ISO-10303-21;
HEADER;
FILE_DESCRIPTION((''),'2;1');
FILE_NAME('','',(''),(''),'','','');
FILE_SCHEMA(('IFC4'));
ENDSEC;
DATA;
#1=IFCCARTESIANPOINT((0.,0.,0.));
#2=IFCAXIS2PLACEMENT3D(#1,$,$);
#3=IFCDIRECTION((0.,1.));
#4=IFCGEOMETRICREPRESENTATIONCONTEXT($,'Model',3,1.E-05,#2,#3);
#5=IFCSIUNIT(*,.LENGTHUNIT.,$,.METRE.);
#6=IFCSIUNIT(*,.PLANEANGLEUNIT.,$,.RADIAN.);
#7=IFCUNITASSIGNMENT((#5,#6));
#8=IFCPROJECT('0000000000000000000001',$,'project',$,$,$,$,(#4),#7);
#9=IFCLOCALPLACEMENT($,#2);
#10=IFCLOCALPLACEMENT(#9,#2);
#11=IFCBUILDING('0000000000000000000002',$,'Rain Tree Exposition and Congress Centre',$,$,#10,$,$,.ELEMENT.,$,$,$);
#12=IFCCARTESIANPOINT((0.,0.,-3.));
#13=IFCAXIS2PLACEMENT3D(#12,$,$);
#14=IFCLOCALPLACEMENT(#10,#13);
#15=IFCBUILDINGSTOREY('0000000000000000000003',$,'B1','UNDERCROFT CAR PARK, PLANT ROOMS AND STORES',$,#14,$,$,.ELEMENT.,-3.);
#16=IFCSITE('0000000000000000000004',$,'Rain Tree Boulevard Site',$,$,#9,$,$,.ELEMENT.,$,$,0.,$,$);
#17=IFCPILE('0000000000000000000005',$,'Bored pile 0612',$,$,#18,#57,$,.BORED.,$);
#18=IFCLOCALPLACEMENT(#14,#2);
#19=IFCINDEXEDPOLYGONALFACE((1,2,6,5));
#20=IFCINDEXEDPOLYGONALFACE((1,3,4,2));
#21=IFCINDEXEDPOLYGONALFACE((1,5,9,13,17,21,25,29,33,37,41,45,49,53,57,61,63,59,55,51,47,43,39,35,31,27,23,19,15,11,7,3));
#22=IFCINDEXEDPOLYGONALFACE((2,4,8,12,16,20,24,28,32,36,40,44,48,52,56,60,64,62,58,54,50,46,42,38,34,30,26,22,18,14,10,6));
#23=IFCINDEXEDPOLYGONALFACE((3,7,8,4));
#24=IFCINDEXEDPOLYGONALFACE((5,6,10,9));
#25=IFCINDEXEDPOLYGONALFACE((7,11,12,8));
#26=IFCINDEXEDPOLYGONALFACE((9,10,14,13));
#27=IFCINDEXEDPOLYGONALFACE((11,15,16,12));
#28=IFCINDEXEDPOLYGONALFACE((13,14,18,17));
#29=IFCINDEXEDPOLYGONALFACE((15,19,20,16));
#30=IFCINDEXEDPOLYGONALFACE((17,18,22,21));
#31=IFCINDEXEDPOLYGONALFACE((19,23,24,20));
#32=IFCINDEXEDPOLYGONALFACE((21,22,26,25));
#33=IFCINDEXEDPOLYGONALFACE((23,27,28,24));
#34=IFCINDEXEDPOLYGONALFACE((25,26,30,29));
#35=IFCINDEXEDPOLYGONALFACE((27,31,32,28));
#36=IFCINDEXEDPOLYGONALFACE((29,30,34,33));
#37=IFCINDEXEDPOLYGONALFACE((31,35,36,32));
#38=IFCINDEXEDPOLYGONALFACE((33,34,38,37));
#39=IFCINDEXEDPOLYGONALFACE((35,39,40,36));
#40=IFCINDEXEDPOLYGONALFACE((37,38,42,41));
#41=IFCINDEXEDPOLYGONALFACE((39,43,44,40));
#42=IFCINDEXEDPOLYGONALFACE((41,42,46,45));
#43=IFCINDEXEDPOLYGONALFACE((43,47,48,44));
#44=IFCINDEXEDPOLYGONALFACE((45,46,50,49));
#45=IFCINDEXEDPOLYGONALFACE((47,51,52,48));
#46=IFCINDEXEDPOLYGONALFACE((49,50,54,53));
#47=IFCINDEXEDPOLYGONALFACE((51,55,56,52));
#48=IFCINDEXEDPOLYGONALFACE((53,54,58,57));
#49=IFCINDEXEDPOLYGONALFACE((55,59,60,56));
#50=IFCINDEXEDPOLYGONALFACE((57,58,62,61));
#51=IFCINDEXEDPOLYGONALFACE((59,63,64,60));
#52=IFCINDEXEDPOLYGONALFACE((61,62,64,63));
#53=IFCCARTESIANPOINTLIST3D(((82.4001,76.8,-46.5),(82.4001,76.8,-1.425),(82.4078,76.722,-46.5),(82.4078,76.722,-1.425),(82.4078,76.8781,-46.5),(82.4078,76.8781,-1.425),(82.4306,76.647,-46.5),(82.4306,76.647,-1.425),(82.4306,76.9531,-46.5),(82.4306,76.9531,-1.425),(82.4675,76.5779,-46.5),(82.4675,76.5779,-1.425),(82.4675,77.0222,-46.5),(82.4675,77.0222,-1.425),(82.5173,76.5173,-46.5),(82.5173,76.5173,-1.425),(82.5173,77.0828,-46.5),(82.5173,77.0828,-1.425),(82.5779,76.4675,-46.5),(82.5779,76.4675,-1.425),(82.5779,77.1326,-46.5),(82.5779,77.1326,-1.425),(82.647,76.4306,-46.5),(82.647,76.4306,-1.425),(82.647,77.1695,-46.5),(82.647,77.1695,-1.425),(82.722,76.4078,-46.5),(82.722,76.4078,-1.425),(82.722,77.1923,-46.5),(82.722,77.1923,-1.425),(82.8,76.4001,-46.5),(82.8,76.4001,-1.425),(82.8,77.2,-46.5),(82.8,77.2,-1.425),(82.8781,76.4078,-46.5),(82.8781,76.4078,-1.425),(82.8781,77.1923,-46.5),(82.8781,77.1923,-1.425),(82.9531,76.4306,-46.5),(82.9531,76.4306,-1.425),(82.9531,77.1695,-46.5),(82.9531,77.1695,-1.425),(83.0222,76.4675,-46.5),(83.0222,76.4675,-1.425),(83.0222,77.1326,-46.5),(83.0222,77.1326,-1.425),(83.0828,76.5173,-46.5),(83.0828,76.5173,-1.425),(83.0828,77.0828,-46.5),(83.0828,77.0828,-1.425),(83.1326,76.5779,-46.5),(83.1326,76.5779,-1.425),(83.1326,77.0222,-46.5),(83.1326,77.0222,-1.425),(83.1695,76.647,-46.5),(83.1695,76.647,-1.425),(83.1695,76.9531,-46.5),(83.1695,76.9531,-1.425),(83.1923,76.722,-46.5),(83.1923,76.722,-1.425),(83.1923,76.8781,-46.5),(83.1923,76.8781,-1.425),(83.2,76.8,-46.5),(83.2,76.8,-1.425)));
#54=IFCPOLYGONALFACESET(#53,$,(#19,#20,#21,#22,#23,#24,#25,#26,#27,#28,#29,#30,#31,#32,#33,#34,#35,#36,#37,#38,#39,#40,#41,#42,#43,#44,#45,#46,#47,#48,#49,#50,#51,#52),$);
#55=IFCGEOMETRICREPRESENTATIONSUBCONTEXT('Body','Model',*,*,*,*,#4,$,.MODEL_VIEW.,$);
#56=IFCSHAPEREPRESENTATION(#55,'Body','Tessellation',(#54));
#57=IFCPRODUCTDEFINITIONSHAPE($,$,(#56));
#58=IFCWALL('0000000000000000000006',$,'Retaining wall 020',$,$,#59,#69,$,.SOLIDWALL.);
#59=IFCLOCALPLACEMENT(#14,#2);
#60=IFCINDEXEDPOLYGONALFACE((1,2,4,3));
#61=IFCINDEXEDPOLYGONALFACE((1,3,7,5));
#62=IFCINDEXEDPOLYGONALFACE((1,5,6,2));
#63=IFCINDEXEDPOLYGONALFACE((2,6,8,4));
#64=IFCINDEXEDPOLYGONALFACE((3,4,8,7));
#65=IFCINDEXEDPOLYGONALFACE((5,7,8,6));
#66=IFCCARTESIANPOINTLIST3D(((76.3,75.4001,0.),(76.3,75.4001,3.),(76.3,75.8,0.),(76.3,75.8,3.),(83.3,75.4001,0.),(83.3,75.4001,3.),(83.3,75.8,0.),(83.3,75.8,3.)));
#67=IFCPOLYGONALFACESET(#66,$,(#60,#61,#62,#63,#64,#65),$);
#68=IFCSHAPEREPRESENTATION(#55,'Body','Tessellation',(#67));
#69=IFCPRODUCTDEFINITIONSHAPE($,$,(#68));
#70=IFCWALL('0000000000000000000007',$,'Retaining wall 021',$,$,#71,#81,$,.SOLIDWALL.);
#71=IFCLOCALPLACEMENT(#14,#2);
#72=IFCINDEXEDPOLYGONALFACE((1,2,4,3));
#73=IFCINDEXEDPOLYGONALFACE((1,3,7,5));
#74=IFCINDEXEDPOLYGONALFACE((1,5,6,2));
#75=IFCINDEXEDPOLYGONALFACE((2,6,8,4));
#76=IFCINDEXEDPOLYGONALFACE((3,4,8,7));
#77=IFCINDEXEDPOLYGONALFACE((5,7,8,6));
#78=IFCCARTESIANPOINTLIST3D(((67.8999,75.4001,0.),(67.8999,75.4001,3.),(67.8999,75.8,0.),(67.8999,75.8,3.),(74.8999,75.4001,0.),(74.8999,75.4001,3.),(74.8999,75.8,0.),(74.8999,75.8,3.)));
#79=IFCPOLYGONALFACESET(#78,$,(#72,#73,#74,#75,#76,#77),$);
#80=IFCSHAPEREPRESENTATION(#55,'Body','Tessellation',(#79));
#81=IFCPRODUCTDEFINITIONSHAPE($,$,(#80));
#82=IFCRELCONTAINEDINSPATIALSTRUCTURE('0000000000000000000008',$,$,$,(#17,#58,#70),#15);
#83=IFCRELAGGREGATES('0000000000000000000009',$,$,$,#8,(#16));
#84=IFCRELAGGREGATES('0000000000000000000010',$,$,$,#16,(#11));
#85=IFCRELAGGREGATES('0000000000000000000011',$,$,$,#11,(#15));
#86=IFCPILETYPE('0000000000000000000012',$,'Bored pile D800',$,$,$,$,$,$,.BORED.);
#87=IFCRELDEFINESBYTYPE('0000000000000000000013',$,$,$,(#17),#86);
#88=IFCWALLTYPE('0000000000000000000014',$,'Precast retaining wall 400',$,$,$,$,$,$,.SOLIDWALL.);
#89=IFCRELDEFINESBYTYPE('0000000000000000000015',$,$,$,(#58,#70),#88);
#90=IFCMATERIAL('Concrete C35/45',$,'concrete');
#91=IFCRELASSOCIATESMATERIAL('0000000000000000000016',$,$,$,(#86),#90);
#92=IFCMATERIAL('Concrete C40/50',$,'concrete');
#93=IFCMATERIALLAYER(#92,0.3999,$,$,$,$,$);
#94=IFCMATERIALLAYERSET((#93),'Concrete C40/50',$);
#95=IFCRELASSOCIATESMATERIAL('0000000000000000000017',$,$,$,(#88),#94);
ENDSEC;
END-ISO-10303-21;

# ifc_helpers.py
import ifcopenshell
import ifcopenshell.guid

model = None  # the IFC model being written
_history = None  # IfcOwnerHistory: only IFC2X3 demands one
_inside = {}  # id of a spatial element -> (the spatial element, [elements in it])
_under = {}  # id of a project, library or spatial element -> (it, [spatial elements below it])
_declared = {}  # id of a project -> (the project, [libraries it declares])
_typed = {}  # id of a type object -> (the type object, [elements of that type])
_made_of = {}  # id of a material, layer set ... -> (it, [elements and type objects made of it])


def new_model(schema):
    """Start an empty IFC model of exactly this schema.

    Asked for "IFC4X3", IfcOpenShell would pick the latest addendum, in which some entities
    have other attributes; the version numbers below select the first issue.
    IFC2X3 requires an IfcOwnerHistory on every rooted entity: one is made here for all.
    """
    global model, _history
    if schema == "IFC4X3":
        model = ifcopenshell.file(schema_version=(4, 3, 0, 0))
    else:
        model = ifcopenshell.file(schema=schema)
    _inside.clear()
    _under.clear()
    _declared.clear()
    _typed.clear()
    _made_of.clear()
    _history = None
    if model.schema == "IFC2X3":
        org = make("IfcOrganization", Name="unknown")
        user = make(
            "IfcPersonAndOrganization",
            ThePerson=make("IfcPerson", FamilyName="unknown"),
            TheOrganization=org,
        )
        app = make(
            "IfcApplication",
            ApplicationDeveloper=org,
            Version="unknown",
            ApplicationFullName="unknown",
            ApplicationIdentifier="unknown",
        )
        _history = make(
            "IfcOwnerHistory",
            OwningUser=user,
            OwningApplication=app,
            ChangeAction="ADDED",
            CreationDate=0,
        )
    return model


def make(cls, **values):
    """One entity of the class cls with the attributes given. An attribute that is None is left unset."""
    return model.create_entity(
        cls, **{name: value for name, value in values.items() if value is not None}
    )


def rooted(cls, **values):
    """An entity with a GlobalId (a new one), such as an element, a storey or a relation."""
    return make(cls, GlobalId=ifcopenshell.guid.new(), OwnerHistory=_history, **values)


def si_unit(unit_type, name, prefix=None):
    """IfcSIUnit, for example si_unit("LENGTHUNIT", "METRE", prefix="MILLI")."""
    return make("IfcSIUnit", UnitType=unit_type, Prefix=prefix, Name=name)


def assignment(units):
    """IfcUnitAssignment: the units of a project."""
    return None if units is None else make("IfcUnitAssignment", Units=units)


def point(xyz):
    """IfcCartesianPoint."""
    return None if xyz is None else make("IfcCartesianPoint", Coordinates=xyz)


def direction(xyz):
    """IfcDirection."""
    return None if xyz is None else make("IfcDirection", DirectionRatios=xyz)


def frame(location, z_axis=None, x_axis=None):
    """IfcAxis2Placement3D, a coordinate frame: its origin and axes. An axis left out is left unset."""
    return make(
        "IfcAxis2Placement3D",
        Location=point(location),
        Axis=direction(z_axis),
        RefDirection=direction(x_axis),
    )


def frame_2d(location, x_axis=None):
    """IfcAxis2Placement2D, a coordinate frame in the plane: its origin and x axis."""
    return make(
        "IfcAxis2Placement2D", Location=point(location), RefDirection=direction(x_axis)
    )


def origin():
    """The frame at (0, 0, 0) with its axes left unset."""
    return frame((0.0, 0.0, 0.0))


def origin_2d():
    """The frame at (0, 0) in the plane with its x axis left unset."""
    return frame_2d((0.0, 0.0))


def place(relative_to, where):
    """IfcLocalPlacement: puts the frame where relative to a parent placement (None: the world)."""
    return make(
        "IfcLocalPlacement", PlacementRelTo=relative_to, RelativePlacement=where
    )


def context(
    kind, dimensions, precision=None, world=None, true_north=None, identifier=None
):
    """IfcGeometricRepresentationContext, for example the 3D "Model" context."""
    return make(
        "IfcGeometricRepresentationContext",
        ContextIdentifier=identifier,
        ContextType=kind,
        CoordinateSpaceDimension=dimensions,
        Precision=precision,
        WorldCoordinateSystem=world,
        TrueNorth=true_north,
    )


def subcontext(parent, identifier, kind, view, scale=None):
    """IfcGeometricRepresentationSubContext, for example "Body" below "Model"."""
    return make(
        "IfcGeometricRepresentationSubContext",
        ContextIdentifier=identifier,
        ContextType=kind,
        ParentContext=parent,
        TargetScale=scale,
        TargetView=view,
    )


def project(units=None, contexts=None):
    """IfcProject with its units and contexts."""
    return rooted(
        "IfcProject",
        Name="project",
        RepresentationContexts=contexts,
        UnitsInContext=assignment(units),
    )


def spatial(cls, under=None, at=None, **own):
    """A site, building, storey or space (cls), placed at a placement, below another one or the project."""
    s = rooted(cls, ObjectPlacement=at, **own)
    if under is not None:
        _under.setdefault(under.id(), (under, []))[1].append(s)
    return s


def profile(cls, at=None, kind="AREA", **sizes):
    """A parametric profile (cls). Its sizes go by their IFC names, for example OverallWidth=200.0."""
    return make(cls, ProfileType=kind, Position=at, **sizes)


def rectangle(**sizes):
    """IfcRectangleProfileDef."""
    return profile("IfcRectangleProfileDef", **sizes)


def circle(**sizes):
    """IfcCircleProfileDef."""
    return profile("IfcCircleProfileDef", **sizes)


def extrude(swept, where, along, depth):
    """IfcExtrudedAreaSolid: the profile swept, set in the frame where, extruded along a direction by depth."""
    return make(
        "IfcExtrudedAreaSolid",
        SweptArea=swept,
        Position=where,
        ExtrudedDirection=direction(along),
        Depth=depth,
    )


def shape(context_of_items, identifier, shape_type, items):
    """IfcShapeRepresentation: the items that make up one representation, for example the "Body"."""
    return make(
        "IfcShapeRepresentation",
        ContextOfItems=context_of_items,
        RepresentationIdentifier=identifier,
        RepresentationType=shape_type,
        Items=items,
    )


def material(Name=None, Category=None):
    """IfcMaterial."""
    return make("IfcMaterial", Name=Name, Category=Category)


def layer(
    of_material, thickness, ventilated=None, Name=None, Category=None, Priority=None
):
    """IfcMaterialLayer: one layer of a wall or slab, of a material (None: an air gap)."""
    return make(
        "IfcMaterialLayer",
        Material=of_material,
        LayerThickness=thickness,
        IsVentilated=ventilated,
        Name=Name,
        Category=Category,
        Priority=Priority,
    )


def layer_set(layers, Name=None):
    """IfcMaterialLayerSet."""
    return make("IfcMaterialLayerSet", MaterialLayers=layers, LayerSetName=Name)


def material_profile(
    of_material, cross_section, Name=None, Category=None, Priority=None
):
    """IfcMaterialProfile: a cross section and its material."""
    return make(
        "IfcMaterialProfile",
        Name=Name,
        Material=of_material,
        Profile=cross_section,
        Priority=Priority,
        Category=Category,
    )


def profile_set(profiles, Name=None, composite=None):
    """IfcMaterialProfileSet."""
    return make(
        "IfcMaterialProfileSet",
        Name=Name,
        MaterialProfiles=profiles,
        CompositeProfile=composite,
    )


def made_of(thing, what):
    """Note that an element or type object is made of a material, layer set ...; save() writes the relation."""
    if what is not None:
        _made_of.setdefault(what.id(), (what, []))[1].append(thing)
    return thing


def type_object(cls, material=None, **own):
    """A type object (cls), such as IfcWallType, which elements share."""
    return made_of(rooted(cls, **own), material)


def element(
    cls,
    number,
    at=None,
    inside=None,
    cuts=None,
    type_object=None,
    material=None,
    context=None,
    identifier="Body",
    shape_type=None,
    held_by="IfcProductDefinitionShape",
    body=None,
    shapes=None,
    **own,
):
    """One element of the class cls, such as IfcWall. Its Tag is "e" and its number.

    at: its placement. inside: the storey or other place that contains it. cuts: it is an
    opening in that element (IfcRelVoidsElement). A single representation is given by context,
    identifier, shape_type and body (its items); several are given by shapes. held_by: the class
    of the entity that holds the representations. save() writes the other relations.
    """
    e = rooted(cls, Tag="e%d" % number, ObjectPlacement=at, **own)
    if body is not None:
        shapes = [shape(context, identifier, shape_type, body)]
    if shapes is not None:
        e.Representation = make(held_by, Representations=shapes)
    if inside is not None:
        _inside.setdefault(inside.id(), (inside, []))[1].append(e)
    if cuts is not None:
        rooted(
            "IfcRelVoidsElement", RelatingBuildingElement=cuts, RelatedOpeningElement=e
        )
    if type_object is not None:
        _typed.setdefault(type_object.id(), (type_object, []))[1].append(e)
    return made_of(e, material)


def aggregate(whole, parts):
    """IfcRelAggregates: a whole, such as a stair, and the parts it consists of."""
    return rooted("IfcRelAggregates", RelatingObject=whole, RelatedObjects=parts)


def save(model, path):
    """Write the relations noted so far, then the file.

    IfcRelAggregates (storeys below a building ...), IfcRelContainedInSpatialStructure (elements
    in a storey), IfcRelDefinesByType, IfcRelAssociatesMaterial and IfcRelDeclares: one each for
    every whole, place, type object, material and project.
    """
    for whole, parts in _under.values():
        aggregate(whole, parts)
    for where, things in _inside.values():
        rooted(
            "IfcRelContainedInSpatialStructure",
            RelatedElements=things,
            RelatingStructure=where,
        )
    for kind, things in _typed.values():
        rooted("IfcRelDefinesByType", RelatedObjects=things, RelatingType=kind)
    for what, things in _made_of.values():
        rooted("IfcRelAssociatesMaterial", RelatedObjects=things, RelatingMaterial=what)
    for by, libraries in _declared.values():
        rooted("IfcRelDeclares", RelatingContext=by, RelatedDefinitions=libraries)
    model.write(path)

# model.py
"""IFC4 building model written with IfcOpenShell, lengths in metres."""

from ifc_helpers import new_model, si_unit, direction, frame, frame_2d, origin, origin_2d, place, context, subcontext, project, spatial, rectangle, circle, extrude, material, layer, layer_set, material_profile, profile_set, type_object, element, save


model = new_model("IFC4")

# Units and contexts
model_context = context("Model", 3, precision=1e-05, world=origin(), true_north=direction((0.0, 1.0)))
body_context = subcontext(model_context, "Body", "Model", "MODEL_VIEW")
ifc_project = project(units=[si_unit("LENGTHUNIT", "METRE"), si_unit("PLANEANGLEUNIT", "RADIAN")], contexts=[model_context])

# Site, building, storey
site_placement = place(None, origin())
site = spatial("IfcSite", under=ifc_project, at=site_placement, Name="Rain Tree Boulevard Site", CompositionType="ELEMENT", RefElevation=0.0)
building_placement = place(site_placement, origin())
building = spatial("IfcBuilding", under=site, at=building_placement, Name="Rain Tree Exposition and Congress Centre", CompositionType="ELEMENT")
storey_placement = place(building_placement, frame((0.0, 0.0, -3.0)))
storey = spatial("IfcBuildingStorey", under=building, at=storey_placement, Name="B1", Description="UNDERCROFT CAR PARK, PLANT ROOMS AND STORES", CompositionType="ELEMENT", Elevation=-3.0)

# Pile
ifc_material_1 = material(Name="Concrete C35/45", Category="concrete")
ifc_material_profile_1 = material_profile(ifc_material_1, circle(Radius=0.3999, at=origin_2d()), Name="D800")
ifc_profile_set_1 = profile_set([ifc_material_profile_1], Name="Concrete C35/45")
pile_type_1 = type_object("IfcPileType", Name="Bored pile D800", PredefinedType="BORED", material=ifc_profile_set_1)
for number, where, z_axis, x_axis, name in (
    (1, (82.8, 76.8, -1.425), (0.0, 0.0, -1.0), (1.0, 0.0, 0.0), "Bored pile 0612"),
):
    element("IfcPile", number, at=place(storey_placement, frame(where, z_axis=z_axis, x_axis=x_axis)), inside=storey, type_object=pile_type_1, Name=name, PredefinedType="BORED", context=body_context, shape_type="SweptSolid", body=[
        extrude(circle(Radius=0.3999, at=origin_2d()), origin(), (0.0, 0.0, 1.0), 45.075),
    ])

# Walls
ifc_material_2 = material(Name="Concrete C40/50", Category="concrete")
ifc_layer = layer(ifc_material_2, 0.3999)
ifc_layer_set = layer_set([ifc_layer], Name="Concrete C40/50")
wall_type = type_object("IfcWallType", Name="Precast retaining wall 400", PredefinedType="SOLIDWALL", material=ifc_layer_set)
for number, where, z_axis, x_axis, name in (
    (2, (83.3, 75.6001, 0.0), (0.0, 0.0, 1.0), (-1.0, 0.0, 0.0), "Retaining wall 020"),
    (3, (74.8999, 75.6001, 0.0), (0.0, 0.0, 1.0), (-1.0, 0.0, 0.0), "Retaining wall 021"),
):
    element("IfcWall", number, at=place(storey_placement, frame(where, z_axis=z_axis, x_axis=x_axis)), inside=storey, type_object=wall_type, Name=name, PredefinedType="SOLIDWALL", context=body_context, shape_type="SweptSolid", body=[
        extrude(rectangle(XDim=7.0, YDim=0.3999, at=frame_2d((3.5, 0.0))), origin(), (0.0, 0.0, 1.0), 3.0),
    ])

save(model, "model.ifc")
